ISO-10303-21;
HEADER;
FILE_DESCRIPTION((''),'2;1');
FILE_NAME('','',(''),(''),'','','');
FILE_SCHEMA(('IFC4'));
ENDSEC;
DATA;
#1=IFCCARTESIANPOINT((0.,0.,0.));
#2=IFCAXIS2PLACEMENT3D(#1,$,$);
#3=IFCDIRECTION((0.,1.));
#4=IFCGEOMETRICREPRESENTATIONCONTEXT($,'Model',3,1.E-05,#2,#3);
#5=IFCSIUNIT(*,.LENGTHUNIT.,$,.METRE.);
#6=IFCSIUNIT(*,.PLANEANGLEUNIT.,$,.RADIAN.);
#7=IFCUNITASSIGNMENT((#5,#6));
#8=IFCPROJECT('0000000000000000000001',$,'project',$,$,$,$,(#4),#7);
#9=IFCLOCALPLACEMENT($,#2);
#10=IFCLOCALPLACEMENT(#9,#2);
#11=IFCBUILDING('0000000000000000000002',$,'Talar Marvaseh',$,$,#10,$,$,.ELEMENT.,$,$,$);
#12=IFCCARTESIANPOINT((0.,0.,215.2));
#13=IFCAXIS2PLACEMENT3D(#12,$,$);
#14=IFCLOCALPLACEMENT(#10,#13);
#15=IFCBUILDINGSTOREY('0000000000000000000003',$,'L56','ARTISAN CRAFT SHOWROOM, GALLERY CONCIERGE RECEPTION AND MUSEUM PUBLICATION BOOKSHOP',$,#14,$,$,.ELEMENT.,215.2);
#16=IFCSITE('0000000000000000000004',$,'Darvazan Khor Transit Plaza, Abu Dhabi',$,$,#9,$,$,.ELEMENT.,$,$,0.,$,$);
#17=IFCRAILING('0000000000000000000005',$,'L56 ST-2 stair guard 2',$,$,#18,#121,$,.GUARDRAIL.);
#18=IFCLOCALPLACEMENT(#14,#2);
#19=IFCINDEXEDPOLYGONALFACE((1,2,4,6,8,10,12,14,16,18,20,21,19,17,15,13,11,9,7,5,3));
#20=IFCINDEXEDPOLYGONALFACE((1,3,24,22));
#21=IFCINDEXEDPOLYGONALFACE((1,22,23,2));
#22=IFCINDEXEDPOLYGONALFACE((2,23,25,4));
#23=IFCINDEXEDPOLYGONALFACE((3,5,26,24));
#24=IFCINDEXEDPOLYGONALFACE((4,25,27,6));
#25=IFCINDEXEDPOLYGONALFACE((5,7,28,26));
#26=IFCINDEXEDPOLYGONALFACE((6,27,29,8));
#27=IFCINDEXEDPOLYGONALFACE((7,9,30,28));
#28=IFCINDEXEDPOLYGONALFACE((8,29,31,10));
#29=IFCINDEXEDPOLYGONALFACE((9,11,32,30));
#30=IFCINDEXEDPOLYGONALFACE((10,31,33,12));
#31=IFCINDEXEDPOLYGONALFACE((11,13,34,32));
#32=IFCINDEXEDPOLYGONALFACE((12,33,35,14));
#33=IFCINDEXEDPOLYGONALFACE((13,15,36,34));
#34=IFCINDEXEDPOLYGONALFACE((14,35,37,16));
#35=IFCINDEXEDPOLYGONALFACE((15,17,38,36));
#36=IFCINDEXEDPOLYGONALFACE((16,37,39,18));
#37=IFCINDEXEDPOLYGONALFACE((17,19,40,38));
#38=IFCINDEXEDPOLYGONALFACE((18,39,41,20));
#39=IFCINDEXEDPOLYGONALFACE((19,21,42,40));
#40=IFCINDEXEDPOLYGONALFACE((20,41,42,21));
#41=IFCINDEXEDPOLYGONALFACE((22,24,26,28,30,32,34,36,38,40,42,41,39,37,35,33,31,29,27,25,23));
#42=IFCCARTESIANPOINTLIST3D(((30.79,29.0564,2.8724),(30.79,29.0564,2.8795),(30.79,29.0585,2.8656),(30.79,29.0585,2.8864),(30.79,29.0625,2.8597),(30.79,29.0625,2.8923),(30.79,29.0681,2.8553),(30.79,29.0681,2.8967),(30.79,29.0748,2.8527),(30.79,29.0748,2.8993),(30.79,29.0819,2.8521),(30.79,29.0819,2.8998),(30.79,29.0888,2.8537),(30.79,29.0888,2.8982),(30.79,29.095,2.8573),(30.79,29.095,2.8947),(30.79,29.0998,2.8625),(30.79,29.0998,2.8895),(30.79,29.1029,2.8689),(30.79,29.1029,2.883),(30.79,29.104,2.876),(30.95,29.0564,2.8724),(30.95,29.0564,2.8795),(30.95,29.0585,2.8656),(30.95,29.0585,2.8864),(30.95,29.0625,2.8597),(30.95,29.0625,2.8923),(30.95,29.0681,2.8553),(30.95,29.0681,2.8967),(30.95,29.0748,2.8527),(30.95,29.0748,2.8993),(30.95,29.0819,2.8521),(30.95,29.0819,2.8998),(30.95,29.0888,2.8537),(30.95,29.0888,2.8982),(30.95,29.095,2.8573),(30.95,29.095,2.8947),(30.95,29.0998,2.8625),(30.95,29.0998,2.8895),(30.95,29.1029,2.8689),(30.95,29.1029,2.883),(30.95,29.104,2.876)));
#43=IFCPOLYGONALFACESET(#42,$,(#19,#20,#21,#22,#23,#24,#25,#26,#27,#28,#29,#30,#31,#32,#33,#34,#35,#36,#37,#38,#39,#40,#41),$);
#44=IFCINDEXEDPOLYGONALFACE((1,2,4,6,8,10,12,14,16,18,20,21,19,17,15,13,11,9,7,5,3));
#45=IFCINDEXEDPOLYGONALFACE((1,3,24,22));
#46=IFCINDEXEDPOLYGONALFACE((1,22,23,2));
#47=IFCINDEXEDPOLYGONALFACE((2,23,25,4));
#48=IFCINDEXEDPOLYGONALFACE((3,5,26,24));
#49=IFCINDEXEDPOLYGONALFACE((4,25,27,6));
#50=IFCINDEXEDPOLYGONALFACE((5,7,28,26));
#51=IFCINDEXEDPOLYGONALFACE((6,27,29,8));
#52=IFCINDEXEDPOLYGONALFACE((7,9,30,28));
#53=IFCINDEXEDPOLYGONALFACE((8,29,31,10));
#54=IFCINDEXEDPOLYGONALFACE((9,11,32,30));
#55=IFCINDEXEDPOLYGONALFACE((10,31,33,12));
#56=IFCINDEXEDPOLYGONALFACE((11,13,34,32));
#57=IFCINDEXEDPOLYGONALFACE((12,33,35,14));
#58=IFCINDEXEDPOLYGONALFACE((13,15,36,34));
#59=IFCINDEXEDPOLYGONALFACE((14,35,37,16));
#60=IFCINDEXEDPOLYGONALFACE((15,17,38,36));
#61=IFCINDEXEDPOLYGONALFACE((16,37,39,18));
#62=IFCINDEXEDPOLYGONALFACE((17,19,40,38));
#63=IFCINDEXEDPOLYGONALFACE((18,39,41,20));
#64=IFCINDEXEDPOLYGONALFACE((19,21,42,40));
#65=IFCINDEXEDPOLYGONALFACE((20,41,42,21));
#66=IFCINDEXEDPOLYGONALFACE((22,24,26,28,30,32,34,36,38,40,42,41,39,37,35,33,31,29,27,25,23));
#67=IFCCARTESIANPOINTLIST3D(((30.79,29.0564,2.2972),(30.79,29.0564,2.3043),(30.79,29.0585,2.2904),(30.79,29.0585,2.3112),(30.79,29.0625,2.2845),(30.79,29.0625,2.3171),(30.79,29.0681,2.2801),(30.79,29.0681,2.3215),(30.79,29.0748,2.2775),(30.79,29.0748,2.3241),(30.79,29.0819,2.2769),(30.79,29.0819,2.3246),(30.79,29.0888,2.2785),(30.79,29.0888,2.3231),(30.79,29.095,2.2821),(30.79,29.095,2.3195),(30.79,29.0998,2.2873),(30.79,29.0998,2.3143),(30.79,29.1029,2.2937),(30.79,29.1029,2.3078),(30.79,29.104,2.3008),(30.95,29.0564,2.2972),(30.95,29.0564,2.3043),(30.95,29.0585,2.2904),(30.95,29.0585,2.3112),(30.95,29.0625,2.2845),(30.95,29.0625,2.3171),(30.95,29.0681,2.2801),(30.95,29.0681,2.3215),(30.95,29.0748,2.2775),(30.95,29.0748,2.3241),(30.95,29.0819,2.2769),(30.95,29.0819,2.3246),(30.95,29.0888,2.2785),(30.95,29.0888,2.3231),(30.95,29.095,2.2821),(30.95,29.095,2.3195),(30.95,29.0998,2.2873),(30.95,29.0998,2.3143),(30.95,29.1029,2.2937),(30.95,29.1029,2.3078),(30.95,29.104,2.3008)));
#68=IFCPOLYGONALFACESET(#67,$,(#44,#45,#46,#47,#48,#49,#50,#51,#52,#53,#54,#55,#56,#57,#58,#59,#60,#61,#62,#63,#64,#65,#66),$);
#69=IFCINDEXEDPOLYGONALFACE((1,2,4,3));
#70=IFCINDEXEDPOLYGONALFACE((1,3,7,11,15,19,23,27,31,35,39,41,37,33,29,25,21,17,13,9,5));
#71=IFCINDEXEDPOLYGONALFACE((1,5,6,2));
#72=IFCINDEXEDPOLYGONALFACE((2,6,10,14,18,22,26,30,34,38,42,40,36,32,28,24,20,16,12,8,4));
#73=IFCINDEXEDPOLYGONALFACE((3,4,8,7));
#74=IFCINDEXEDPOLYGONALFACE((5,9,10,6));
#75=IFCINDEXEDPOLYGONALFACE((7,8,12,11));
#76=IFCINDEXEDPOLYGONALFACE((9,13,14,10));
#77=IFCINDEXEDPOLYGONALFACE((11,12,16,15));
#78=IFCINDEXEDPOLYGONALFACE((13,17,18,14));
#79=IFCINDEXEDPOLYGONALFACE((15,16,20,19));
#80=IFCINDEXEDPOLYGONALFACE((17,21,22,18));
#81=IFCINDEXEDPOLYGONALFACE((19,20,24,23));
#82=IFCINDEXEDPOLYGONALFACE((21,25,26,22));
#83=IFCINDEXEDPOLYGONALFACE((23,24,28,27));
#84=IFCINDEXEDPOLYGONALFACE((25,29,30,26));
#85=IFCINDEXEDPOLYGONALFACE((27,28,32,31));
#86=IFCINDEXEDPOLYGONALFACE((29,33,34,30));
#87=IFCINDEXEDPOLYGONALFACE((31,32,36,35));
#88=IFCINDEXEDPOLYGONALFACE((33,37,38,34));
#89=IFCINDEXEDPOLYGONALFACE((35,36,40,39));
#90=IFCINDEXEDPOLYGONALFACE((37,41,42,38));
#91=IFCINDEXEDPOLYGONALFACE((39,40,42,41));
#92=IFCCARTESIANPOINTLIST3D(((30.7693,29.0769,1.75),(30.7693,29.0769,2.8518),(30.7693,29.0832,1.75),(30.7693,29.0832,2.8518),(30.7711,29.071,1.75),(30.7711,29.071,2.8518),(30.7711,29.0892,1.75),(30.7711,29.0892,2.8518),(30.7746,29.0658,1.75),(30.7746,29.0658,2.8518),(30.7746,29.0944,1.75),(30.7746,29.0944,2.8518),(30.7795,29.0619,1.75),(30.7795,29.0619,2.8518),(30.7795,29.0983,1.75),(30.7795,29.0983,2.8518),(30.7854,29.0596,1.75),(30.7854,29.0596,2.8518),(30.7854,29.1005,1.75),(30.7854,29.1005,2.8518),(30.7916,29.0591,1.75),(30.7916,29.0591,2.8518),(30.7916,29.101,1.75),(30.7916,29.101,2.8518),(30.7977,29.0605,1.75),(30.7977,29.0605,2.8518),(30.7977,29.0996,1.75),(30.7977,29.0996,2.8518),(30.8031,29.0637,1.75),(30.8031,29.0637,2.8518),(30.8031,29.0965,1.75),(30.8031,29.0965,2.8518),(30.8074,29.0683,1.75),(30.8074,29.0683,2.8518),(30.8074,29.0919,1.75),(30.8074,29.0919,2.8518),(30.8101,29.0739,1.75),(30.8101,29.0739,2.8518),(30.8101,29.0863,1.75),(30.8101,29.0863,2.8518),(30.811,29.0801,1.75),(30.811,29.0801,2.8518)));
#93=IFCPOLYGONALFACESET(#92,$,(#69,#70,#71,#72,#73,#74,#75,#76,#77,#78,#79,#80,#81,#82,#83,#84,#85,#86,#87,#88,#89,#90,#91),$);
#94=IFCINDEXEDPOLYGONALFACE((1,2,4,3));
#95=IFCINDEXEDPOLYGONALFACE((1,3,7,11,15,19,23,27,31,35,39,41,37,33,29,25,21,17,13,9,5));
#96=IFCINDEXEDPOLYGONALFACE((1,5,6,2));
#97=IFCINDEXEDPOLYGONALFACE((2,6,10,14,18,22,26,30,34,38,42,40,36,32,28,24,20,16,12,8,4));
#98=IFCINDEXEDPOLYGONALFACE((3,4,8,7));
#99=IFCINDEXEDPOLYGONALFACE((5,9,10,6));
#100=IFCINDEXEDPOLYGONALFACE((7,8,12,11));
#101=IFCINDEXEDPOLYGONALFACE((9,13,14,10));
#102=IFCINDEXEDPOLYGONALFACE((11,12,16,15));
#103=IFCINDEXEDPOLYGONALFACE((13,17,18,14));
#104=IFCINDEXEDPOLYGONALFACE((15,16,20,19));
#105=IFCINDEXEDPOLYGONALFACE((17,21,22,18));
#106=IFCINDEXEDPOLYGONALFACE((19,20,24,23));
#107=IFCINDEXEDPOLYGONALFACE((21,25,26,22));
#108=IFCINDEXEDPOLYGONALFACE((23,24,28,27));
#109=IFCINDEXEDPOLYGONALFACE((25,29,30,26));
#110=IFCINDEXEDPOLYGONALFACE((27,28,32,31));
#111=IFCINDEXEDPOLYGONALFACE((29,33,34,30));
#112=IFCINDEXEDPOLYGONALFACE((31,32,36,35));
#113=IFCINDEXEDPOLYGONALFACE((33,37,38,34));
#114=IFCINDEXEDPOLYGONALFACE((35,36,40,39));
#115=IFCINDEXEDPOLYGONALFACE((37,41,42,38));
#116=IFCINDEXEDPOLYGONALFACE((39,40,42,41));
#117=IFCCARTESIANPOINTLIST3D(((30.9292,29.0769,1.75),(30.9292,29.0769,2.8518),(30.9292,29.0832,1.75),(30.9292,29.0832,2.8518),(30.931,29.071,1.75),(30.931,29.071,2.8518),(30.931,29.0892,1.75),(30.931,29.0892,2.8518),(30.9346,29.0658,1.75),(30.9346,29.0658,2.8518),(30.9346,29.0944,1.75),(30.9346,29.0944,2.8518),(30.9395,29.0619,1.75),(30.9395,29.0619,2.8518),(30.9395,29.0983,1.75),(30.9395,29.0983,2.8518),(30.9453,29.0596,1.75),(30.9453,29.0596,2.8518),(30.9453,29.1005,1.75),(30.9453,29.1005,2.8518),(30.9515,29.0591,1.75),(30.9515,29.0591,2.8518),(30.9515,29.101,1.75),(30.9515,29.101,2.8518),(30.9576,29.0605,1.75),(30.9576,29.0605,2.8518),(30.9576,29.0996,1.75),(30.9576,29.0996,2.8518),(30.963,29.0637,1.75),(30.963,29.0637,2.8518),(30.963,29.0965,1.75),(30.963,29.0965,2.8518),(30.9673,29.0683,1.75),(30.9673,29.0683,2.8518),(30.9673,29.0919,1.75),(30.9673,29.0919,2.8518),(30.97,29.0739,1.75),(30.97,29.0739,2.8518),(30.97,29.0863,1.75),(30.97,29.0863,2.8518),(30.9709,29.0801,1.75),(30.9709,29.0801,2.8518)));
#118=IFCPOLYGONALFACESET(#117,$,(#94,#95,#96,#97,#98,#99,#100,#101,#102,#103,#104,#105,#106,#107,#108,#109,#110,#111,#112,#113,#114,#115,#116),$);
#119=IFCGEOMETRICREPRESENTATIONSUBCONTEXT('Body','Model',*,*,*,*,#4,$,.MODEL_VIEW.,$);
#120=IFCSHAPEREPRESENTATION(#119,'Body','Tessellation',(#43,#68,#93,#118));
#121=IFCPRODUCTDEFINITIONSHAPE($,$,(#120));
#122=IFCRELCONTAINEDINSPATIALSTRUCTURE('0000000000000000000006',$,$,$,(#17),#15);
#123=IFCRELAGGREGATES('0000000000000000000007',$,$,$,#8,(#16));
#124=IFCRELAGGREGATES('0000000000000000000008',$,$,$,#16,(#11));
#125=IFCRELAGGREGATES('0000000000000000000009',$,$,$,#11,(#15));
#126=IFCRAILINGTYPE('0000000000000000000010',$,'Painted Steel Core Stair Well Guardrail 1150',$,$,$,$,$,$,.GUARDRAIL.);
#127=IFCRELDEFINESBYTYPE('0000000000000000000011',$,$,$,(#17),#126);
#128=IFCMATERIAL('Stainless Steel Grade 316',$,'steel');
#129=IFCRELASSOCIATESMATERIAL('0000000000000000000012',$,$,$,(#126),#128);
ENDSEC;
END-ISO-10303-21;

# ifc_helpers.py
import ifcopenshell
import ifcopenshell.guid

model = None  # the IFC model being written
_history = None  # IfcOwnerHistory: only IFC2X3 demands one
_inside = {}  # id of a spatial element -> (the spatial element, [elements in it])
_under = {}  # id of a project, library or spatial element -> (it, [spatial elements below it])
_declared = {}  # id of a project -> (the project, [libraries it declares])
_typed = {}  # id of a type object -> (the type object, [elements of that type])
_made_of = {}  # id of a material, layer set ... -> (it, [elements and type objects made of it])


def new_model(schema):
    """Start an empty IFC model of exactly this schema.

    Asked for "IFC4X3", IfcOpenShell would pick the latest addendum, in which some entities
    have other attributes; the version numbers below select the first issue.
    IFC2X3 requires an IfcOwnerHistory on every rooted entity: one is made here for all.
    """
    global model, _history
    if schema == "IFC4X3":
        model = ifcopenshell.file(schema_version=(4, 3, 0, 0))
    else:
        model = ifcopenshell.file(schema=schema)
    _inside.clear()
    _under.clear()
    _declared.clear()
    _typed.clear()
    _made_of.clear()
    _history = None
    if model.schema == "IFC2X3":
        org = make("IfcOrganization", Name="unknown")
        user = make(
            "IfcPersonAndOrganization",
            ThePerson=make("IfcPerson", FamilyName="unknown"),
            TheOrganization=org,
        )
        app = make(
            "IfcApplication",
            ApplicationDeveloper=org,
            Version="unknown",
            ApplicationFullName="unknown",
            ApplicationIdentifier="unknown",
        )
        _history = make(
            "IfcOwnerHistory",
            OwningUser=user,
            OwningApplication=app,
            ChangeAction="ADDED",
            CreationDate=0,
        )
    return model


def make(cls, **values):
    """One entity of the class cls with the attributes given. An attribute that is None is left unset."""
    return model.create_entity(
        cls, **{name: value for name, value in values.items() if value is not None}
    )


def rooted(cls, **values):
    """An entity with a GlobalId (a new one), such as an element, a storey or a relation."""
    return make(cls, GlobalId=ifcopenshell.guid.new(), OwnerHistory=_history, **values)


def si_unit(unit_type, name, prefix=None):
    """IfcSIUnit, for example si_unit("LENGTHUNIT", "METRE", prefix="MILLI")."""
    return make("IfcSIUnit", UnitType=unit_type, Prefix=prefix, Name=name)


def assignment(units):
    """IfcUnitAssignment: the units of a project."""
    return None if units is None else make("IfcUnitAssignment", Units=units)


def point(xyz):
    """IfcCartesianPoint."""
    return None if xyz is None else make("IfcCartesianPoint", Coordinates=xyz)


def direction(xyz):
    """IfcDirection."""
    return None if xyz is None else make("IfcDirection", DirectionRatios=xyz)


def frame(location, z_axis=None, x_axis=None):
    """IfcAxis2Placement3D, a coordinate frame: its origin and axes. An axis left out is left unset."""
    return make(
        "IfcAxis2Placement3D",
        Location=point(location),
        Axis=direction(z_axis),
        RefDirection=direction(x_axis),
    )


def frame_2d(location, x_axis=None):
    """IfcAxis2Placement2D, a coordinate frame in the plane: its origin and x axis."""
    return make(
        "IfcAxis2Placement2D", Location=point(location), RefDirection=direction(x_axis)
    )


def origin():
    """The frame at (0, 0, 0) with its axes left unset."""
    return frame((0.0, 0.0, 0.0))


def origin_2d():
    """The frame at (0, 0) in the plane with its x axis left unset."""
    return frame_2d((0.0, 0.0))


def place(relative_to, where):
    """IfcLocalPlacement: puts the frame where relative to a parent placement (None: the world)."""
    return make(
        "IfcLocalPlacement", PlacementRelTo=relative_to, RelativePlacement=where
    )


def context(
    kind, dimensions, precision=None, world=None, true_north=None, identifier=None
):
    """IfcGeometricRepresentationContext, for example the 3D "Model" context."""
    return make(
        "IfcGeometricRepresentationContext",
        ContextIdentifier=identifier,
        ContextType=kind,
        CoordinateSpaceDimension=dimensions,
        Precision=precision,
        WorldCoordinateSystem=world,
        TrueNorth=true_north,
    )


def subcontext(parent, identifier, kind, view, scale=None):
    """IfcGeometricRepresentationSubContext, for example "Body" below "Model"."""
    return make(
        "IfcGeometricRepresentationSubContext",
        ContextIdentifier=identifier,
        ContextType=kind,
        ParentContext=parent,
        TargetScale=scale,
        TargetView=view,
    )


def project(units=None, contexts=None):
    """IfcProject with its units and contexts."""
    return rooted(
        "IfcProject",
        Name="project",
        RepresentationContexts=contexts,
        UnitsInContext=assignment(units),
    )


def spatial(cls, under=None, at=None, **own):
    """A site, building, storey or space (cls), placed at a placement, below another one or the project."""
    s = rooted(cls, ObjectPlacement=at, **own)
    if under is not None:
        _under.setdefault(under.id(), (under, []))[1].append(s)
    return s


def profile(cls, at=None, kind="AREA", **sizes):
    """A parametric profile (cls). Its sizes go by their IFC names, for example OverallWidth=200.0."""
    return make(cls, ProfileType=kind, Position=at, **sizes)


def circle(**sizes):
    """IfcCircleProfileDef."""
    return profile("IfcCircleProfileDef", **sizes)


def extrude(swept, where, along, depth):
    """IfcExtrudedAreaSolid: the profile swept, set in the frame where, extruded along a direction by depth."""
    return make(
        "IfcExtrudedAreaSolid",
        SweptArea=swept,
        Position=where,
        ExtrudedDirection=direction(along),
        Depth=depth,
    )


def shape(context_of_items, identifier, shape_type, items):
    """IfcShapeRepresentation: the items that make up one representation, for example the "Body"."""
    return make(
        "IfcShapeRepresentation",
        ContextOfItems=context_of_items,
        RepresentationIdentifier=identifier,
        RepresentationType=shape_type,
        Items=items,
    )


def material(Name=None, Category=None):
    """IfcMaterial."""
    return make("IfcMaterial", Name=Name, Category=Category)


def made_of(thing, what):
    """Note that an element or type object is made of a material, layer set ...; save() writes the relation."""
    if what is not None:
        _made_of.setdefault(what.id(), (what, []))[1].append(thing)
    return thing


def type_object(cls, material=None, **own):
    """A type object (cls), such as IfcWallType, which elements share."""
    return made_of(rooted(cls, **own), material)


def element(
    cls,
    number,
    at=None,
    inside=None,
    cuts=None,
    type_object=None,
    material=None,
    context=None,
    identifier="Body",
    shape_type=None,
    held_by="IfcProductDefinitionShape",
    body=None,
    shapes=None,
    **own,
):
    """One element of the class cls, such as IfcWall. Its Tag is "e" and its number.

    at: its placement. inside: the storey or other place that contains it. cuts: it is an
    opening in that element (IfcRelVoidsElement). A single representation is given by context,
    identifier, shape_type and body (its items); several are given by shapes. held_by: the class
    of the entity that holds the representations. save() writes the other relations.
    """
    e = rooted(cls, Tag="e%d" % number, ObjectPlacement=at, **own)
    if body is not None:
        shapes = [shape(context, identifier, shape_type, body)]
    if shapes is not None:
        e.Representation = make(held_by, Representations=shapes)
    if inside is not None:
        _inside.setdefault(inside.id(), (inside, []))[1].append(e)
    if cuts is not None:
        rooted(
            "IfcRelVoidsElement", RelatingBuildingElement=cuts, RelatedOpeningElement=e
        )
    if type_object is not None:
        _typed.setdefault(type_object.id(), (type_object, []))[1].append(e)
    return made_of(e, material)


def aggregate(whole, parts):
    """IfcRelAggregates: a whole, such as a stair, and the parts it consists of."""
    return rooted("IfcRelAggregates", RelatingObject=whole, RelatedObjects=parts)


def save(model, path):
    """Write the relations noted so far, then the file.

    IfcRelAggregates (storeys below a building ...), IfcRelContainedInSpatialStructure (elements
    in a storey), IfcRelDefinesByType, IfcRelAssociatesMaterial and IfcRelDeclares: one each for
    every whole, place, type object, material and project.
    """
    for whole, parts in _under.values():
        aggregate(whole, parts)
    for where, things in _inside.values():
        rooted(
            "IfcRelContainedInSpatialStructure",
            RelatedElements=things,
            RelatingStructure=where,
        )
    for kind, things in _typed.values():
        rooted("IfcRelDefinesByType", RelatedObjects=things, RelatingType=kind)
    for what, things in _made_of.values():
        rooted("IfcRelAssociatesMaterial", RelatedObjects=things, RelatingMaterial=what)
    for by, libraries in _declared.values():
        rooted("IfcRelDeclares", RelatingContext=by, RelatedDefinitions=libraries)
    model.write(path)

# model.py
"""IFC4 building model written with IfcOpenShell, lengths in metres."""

from ifc_helpers import new_model, si_unit, direction, frame, origin, origin_2d, place, context, subcontext, project, spatial, circle, extrude, material, type_object, element, save


model = new_model("IFC4")

# Units and contexts
model_context = context("Model", 3, precision=1e-05, world=origin(), true_north=direction((0.0, 1.0)))
body_context = subcontext(model_context, "Body", "Model", "MODEL_VIEW")
ifc_project = project(units=[si_unit("LENGTHUNIT", "METRE"), si_unit("PLANEANGLEUNIT", "RADIAN")], contexts=[model_context])

# Site, building, storey
site_placement = place(None, origin())
site = spatial("IfcSite", under=ifc_project, at=site_placement, Name="Darvazan Khor Transit Plaza, Abu Dhabi", CompositionType="ELEMENT", RefElevation=0.0)
building_placement = place(site_placement, origin())
building = spatial("IfcBuilding", under=site, at=building_placement, Name="Talar Marvaseh", CompositionType="ELEMENT")
storey_placement = place(building_placement, frame((0.0, 0.0, 215.2)))
storey = spatial("IfcBuildingStorey", under=building, at=storey_placement, Name="L56", Description="ARTISAN CRAFT SHOWROOM, GALLERY CONCIERGE RECEPTION AND MUSEUM PUBLICATION BOOKSHOP", CompositionType="ELEMENT", Elevation=215.2)

# Shared definitions
ifc_material_1 = material(Name="Stainless Steel Grade 316", Category="steel")

# Railing
railing_type_1 = type_object("IfcRailingType", Name="Painted Steel Core Stair Well Guardrail 1150", PredefinedType="GUARDRAIL", material=ifc_material_1)
railing_1_placement = place(storey_placement, frame((30.79, 29.0801, 1.75)))
element("IfcRailing", 1, at=railing_1_placement, inside=storey, type_object=railing_type_1, Name="L56 ST-2 stair guard 2", PredefinedType="GUARDRAIL", context=body_context, shape_type="SweptSolid", body=[
    extrude(circle(Radius=0.0239, at=origin_2d()), frame((0.0, 0.0, 1.126), z_axis=(1.0, 0.0, 0.0), x_axis=(0.0, 1.0, 0.0)), (0.0, 0.0, 1.0), 0.1599),
    extrude(circle(Radius=0.0239, at=origin_2d()), frame((0.0, 0.0, 0.5508), z_axis=(1.0, 0.0, 0.0), x_axis=(0.0, 1.0, 0.0)), (0.0, 0.0, 1.0), 0.1599),
    extrude(circle(Radius=0.021, at=origin_2d()), origin(), (0.0, 0.0, 1.0), 1.1018),
    extrude(circle(Radius=0.021, at=origin_2d()), frame((0.1599, 0.0, 0.0)), (0.0, 0.0, 1.0), 1.1018),
])

save(model, "model.ifc")
